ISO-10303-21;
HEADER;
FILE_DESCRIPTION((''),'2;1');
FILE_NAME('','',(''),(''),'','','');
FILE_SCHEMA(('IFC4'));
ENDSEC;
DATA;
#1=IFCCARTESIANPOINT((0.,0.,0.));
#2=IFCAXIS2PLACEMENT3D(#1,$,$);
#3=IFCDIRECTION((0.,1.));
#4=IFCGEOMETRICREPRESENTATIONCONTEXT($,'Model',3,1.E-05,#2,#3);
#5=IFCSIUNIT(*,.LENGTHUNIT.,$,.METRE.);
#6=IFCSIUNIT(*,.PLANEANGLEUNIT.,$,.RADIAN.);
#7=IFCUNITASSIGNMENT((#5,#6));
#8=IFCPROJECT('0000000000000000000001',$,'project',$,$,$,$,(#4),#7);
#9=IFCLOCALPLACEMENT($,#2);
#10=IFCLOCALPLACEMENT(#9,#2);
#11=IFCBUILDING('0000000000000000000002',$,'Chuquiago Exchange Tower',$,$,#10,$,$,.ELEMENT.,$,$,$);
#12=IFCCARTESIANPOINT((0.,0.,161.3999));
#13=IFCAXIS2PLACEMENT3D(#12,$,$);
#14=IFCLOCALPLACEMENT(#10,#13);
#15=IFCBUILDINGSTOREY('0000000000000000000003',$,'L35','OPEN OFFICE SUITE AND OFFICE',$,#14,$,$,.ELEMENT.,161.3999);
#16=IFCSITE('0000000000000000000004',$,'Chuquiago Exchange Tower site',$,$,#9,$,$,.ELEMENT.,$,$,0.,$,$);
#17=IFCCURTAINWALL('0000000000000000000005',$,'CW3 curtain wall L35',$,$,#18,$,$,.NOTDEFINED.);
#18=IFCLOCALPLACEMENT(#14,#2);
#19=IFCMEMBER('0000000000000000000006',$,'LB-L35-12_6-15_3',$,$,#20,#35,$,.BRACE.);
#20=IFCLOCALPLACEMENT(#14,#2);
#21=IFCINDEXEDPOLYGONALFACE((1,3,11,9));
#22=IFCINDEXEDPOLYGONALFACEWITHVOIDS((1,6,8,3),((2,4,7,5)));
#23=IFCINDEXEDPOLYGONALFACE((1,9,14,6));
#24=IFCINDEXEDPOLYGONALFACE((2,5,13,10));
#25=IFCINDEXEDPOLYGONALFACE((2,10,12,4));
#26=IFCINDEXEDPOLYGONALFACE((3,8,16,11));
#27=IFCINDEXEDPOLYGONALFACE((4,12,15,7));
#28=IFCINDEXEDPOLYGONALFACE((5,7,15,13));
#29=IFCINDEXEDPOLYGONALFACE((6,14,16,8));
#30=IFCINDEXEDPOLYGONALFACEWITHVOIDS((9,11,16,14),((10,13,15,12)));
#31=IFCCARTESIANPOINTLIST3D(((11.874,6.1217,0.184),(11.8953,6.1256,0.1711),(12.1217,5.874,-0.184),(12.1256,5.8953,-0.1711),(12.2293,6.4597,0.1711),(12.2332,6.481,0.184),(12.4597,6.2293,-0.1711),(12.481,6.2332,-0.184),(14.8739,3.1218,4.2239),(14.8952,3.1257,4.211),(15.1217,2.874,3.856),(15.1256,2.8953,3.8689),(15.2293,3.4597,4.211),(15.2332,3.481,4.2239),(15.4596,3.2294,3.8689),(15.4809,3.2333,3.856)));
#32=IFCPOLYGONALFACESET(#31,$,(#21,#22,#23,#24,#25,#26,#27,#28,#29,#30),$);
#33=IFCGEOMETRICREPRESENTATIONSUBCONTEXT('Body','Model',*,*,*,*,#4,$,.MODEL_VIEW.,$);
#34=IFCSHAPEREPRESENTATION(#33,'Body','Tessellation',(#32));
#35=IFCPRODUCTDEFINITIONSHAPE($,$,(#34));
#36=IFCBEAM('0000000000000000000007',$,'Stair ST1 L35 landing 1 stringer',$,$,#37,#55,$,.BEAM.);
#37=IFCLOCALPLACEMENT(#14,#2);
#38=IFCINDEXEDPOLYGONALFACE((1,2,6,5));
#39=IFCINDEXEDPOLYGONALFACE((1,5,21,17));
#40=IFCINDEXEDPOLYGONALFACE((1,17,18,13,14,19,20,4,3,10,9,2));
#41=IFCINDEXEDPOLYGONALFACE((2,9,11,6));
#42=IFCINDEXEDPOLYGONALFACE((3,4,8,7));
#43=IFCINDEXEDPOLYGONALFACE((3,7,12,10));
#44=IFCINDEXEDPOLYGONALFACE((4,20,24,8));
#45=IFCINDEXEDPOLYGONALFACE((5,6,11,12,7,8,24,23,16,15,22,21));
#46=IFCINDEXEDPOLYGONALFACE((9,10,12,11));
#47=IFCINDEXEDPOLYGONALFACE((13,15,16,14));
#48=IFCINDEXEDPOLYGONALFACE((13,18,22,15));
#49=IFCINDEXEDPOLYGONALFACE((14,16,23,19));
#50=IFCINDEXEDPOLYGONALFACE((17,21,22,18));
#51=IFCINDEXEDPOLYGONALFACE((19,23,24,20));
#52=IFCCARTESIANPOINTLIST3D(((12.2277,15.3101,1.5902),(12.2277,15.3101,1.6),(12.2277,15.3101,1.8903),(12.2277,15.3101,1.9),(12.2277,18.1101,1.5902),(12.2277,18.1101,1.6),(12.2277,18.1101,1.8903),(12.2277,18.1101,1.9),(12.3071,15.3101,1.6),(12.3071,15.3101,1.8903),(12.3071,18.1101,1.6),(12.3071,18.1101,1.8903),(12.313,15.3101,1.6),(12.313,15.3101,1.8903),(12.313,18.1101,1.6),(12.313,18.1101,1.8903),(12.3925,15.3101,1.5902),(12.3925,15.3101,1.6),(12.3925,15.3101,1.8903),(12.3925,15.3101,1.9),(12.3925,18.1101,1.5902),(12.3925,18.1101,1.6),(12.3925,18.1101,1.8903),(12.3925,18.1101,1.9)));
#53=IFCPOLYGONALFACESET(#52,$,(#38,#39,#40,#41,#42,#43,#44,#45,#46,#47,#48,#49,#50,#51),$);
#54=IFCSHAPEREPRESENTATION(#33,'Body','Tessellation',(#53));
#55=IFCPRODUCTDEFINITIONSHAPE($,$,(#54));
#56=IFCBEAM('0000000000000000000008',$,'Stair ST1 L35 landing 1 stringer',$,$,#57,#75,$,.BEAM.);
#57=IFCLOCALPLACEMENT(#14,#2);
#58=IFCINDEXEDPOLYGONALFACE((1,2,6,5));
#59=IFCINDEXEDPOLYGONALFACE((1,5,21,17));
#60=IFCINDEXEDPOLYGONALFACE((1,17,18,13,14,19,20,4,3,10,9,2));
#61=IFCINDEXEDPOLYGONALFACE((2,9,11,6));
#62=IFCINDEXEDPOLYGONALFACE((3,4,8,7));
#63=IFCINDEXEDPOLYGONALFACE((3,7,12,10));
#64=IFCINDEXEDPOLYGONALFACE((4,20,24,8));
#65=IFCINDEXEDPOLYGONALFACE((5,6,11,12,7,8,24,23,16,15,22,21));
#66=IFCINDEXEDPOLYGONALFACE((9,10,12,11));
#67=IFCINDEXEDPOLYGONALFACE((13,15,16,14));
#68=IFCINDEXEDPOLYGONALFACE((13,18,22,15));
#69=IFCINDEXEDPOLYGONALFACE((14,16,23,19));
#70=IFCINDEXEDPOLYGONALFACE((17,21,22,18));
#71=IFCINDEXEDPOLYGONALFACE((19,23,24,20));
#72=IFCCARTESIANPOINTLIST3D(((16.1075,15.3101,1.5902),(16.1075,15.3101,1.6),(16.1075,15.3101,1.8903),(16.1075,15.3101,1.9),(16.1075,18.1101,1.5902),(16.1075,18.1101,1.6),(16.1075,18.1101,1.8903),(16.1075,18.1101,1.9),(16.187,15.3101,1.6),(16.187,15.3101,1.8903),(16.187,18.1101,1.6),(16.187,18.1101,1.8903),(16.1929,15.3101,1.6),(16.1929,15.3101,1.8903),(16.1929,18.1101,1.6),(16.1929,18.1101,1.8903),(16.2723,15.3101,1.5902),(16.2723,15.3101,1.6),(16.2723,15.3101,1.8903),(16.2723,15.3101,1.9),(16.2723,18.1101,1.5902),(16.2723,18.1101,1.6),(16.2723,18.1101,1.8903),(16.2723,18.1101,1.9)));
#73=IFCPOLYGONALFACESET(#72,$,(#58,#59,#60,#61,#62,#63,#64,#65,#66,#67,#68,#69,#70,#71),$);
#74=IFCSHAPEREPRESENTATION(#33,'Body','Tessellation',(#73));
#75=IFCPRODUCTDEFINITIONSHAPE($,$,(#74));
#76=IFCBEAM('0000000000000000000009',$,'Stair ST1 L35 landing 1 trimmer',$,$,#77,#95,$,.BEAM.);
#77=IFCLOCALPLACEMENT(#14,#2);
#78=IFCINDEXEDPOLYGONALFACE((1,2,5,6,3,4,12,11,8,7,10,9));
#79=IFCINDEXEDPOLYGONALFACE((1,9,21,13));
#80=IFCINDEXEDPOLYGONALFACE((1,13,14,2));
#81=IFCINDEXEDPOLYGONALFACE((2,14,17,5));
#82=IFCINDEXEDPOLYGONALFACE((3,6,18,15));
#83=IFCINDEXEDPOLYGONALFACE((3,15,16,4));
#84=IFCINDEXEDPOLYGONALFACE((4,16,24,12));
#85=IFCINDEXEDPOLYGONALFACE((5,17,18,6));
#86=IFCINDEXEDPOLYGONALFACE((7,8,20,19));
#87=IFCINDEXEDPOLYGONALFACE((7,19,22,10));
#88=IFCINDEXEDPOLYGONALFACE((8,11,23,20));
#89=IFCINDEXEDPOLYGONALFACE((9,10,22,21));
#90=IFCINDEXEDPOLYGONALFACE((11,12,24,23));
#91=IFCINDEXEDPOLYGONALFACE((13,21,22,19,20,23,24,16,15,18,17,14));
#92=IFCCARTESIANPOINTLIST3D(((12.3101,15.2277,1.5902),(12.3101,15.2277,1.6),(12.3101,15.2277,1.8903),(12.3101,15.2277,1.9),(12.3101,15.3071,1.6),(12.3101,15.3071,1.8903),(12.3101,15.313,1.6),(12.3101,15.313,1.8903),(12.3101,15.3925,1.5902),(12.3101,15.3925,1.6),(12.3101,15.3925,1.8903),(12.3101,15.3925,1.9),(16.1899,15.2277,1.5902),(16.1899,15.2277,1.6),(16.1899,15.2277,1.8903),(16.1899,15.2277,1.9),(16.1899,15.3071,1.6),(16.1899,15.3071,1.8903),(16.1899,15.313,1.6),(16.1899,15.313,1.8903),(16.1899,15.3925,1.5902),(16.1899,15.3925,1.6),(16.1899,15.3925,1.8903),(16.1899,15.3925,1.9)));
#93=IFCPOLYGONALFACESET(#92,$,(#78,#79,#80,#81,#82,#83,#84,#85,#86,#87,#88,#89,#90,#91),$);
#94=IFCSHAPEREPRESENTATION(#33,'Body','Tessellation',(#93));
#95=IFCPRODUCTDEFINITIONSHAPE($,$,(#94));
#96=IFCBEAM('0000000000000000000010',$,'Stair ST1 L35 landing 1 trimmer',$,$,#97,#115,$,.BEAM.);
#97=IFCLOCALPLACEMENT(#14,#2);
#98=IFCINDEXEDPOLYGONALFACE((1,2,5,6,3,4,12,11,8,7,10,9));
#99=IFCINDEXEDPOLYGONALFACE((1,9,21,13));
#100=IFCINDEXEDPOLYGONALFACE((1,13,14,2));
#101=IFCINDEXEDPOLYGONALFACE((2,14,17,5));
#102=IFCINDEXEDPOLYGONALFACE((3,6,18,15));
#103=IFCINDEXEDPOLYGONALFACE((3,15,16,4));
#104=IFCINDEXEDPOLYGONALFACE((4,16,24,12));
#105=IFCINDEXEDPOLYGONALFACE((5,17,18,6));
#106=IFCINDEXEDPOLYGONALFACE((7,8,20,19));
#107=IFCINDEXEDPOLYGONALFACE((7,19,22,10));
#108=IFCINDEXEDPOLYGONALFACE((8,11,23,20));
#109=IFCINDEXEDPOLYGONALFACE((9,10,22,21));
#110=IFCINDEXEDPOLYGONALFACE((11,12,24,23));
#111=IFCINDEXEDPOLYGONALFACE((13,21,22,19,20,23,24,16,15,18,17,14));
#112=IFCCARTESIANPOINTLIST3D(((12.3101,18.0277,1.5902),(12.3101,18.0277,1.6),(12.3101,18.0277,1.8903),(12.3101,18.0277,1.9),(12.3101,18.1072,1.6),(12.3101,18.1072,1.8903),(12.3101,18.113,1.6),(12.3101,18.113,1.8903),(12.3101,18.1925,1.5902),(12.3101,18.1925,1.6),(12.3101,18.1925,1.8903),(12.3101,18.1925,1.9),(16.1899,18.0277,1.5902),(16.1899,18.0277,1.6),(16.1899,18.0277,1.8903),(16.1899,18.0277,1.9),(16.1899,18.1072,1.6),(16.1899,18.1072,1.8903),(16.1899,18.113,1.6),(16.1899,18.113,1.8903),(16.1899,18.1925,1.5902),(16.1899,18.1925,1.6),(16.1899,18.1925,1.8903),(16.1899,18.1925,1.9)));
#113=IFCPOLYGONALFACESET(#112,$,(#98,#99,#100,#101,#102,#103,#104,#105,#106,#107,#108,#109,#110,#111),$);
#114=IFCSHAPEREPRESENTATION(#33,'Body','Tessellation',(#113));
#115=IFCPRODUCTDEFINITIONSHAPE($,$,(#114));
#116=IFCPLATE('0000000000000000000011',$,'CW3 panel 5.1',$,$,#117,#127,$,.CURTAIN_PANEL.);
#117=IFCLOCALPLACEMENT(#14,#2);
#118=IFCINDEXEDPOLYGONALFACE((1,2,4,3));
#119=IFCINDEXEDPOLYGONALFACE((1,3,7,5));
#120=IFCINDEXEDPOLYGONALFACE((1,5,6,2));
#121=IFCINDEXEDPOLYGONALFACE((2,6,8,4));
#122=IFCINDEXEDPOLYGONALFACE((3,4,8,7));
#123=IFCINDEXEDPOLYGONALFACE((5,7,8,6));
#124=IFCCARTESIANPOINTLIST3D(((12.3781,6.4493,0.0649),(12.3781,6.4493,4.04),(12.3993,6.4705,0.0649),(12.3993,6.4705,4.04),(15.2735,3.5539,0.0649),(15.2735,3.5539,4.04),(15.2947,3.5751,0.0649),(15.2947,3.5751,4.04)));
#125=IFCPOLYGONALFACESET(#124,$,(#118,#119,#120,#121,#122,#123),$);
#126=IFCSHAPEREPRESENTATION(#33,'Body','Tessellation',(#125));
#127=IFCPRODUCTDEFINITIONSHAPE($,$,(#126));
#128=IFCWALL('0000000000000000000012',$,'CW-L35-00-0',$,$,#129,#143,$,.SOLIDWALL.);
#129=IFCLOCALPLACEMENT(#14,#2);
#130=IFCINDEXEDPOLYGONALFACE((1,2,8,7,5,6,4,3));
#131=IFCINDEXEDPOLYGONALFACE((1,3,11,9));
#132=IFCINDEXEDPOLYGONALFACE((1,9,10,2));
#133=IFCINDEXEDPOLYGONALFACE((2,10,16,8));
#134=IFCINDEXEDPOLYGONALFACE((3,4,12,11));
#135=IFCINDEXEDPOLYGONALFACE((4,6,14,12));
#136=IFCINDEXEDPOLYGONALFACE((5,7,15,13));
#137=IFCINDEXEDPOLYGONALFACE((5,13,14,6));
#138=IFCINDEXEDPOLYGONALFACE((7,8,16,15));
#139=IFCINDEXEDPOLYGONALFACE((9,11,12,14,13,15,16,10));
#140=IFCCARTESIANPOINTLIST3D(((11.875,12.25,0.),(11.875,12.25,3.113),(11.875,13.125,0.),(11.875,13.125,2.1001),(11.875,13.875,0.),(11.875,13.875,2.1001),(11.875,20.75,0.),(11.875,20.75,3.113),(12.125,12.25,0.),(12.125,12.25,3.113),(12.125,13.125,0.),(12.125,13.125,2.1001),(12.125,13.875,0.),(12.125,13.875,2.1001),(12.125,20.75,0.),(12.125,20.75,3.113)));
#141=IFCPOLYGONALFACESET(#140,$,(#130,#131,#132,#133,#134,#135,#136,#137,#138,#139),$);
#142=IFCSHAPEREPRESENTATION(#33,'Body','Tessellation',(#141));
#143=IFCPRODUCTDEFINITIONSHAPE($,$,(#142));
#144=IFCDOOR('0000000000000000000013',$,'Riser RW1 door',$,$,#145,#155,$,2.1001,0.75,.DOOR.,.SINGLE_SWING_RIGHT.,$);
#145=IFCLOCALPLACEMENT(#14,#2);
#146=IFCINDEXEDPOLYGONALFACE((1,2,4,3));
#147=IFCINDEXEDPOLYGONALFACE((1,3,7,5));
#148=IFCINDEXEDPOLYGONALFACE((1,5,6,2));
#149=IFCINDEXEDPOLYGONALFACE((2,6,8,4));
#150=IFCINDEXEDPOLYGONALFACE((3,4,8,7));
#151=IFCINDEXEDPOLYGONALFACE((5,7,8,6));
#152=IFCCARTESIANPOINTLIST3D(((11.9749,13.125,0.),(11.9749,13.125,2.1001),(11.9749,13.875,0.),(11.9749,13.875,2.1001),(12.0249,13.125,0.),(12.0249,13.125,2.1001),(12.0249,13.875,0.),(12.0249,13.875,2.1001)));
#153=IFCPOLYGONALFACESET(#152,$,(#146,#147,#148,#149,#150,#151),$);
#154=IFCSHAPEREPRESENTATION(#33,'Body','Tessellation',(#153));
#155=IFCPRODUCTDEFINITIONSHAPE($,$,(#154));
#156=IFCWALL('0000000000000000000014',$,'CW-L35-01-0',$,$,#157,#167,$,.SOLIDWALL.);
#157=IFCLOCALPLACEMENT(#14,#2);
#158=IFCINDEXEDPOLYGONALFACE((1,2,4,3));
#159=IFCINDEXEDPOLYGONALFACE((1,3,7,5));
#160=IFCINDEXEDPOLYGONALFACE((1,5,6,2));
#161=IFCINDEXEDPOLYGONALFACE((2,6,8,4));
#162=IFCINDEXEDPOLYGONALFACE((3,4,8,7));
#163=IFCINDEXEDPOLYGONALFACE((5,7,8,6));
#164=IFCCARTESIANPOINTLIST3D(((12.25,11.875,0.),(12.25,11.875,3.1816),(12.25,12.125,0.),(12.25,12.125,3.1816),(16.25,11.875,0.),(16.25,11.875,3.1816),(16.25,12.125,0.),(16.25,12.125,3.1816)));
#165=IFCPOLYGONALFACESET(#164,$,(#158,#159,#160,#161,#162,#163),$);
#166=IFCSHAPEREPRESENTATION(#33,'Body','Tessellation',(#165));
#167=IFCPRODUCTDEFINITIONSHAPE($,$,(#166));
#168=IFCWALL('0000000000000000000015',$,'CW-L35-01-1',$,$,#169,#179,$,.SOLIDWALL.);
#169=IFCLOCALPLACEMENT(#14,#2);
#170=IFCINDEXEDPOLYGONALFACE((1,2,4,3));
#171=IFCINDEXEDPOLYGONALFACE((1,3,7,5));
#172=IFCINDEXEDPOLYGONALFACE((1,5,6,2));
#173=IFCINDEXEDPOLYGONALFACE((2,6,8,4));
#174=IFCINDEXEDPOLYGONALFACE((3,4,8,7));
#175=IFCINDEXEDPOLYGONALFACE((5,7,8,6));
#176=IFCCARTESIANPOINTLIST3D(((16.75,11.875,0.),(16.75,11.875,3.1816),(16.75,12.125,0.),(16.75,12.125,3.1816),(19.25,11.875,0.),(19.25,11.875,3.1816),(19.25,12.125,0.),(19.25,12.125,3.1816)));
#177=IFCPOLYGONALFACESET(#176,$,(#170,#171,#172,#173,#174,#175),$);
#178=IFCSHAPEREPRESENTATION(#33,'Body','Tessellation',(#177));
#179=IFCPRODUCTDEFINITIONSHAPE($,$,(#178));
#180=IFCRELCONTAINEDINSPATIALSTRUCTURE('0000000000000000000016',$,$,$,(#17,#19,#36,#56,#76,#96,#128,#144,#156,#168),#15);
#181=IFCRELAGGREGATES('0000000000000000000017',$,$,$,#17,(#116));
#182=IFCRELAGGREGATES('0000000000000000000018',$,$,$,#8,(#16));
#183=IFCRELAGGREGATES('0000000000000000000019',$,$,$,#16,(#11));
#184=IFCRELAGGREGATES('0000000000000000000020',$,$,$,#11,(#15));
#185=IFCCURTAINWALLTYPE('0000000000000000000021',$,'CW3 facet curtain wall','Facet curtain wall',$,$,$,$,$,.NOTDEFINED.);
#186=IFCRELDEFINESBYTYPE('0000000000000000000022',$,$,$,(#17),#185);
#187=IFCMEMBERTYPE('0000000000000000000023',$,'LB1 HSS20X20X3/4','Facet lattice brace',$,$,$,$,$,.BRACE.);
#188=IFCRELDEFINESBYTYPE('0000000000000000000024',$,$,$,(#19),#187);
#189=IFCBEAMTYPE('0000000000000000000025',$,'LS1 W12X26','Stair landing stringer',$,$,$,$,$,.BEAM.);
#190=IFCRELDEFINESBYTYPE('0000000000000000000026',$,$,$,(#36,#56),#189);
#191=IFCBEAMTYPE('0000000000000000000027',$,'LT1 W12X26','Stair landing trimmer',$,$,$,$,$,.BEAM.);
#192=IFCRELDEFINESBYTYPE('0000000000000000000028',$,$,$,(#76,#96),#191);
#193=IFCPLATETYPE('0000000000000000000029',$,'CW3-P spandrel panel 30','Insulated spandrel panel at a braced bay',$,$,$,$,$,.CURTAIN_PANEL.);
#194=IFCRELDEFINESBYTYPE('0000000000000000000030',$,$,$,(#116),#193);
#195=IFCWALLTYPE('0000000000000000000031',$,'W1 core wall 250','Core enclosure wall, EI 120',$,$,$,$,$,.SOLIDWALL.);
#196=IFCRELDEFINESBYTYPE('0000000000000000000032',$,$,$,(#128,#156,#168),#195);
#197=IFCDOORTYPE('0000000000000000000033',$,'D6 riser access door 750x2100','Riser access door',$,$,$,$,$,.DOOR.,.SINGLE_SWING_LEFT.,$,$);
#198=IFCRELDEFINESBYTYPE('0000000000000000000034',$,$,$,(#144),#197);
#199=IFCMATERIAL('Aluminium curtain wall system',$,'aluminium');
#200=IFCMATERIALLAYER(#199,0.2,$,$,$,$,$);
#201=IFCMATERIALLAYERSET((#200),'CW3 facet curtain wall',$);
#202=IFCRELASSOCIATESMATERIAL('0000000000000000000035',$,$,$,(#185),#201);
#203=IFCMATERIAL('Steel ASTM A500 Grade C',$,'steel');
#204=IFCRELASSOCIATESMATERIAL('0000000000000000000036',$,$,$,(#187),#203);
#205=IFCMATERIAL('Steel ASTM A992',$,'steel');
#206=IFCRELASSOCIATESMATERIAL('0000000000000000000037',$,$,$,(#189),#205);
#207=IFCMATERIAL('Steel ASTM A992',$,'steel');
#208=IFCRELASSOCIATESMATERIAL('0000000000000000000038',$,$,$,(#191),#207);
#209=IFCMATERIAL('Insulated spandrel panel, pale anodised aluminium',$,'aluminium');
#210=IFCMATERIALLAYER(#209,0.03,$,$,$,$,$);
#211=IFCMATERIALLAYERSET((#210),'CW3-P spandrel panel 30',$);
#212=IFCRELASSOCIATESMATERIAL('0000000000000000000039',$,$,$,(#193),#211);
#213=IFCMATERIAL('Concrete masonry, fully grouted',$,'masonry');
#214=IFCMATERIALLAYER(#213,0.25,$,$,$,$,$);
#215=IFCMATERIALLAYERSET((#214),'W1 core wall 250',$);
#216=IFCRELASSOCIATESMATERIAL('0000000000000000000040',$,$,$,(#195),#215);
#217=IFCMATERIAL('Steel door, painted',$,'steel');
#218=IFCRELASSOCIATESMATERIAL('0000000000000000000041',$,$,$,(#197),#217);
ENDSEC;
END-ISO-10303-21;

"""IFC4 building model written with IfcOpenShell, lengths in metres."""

from ifc_helpers import new_model, si_unit, direction, frame, frame_2d, origin, origin_2d, place, context, subcontext, project, spatial, rectangle, hollow_rectangle, i_section, extrude, material, layer, layer_set, material_profile, profile_set, type_object, element, fill, aggregate, save


model = new_model("IFC4")

# Units and contexts
model_context = context("Model", 3, precision=1e-05, world=origin(), true_north=direction((0.0, 1.0)))
body_context = subcontext(model_context, "Body", "Model", "MODEL_VIEW")
ifc_project = project(units=[si_unit("LENGTHUNIT", "METRE"), si_unit("PLANEANGLEUNIT", "RADIAN")], contexts=[model_context])

# Site, building, storey
site_placement = place(None, origin())
site = spatial("IfcSite", under=ifc_project, at=site_placement, Name="Chuquiago Exchange Tower site", CompositionType="ELEMENT", RefElevation=0.0)
building_placement = place(site_placement, origin())
building = spatial("IfcBuilding", under=site, at=building_placement, Name="Chuquiago Exchange Tower", CompositionType="ELEMENT")
storey_placement = place(building_placement, frame((0.0, 0.0, 161.3999)))
storey = spatial("IfcBuildingStorey", under=building, at=storey_placement, Name="L35", Description="OPEN OFFICE SUITE AND OFFICE", CompositionType="ELEMENT", Elevation=161.3999)

# Curtain wall
ifc_material_1 = material(Name="Aluminium curtain wall system", Category="aluminium")
ifc_layer_1 = layer(ifc_material_1, 0.2)
ifc_layer_set_1 = layer_set([ifc_layer_1], Name="CW3 facet curtain wall")
curtain_wall_type = type_object("IfcCurtainWallType", Name="CW3 facet curtain wall", Description="Facet curtain wall", PredefinedType="NOTDEFINED", material=ifc_layer_set_1)
curtain_wall_placement = place(storey_placement, origin())
curtain_wall = element("IfcCurtainWall", 1, at=curtain_wall_placement, inside=storey, type_object=curtain_wall_type, Name="CW3 curtain wall L35", PredefinedType="NOTDEFINED")

# Member
ifc_material_2 = material(Name="Steel ASTM A500 Grade C", Category="steel")
ifc_material_profile_1 = material_profile(ifc_material_2, hollow_rectangle(XDim=0.5081, YDim=0.5081, WallThickness=0.0178, at=origin_2d()), Name="HSS20X20X3/4")
ifc_profile_set_1 = profile_set([ifc_material_profile_1], Name="Steel ASTM A500 Grade C")
member_type_1 = type_object("IfcMemberType", Name="LB1 HSS20X20X3/4", Description="Facet lattice brace", PredefinedType="BRACE", material=ifc_profile_set_1)
for number, where, z_axis, x_axis, name in (
    (2, (12.1775, 6.1775, 0.0), (0.512077, -0.512077, 0.689604), (0.707107, 0.707107, 0.0), "LB-L35-12_6-15_3"),
):
    element("IfcMember", number, at=place(storey_placement, frame(where, z_axis=z_axis, x_axis=x_axis)), inside=storey, type_object=member_type_1, Name=name, PredefinedType="BRACE", context=body_context, shape_type="SweptSolid", body=[
        extrude(hollow_rectangle(XDim=0.5081, YDim=0.5081, WallThickness=0.0178, at=origin_2d()), origin(), (0.0, 0.0, 1.0), 5.8584),
    ])

# Beams
ifc_material_3 = material(Name="Steel ASTM A992", Category="steel")
ifc_material_profile_2 = material_profile(ifc_material_3, i_section(OverallWidth=0.1648, OverallDepth=0.3098, WebThickness=0.0059, FlangeThickness=0.0098, at=origin_2d()), Name="W12X26")
ifc_profile_set_2 = profile_set([ifc_material_profile_2], Name="Steel ASTM A992")
beam_type_1 = type_object("IfcBeamType", Name="LS1 W12X26", Description="Stair landing stringer", PredefinedType="BEAM", material=ifc_profile_set_2)
for number, where, z_axis, x_axis, name in (
    (3, (12.3101, 15.3101, 1.7451), (0.0, 1.0, 0.0), (-1.0, 0.0, 0.0), "Stair ST1 L35 landing 1 stringer"),
    (4, (16.1899, 15.3101, 1.7451), (0.0, 1.0, 0.0), (-1.0, 0.0, 0.0), "Stair ST1 L35 landing 1 stringer"),
):
    element("IfcBeam", number, at=place(storey_placement, frame(where, z_axis=z_axis, x_axis=x_axis)), inside=storey, type_object=beam_type_1, Name=name, PredefinedType="BEAM", context=body_context, shape_type="SweptSolid", body=[
        extrude(i_section(OverallWidth=0.1648, OverallDepth=0.3098, WebThickness=0.0059, FlangeThickness=0.0098, at=origin_2d()), origin(), (0.0, 0.0, 1.0), 2.8),
    ])
ifc_material_4 = material(Name="Steel ASTM A992", Category="steel")
ifc_material_profile_3 = material_profile(ifc_material_4, i_section(OverallWidth=0.1648, OverallDepth=0.3098, WebThickness=0.0059, FlangeThickness=0.0098, at=origin_2d()), Name="W12X26")
ifc_profile_set_3 = profile_set([ifc_material_profile_3], Name="Steel ASTM A992")
beam_type_2 = type_object("IfcBeamType", Name="LT1 W12X26", Description="Stair landing trimmer", PredefinedType="BEAM", material=ifc_profile_set_3)
for number, where, z_axis, x_axis, name in (
    (5, (12.3101, 15.3101, 1.7451), (1.0, 0.0, 0.0), (0.0, 1.0, 0.0), "Stair ST1 L35 landing 1 trimmer"),
    (6, (12.3101, 18.1101, 1.7451), (1.0, 0.0, 0.0), (0.0, 1.0, 0.0), "Stair ST1 L35 landing 1 trimmer"),
):
    element("IfcBeam", number, at=place(storey_placement, frame(where, z_axis=z_axis, x_axis=x_axis)), inside=storey, type_object=beam_type_2, Name=name, PredefinedType="BEAM", context=body_context, shape_type="SweptSolid", body=[
        extrude(i_section(OverallWidth=0.1648, OverallDepth=0.3098, WebThickness=0.0059, FlangeThickness=0.0098, at=origin_2d()), origin(), (0.0, 0.0, 1.0), 3.8799),
    ])

# Plate
ifc_material_5 = material(Name="Insulated spandrel panel, pale anodised aluminium", Category="aluminium")
ifc_layer_2 = layer(ifc_material_5, 0.03)
ifc_layer_set_2 = layer_set([ifc_layer_2], Name="CW3-P spandrel panel 30")
plate_type = type_object("IfcPlateType", Name="CW3-P spandrel panel 30", Description="Insulated spandrel panel at a braced bay", PredefinedType="CURTAIN_PANEL", material=ifc_layer_set_2)
plate_placement = place(storey_placement, frame((13.8364, 5.0122, 0.0649), z_axis=(0.0, 0.0, 1.0), x_axis=(0.707107, -0.707107, 0.0)))
plate = element("IfcPlate", 7, at=plate_placement, type_object=plate_type, Name="CW3 panel 5.1", PredefinedType="CURTAIN_PANEL", context=body_context, shape_type="SweptSolid", body=[
    extrude(rectangle(XDim=4.0947, YDim=0.03, at=origin_2d()), origin(), (0.0, 0.0, 1.0), 3.9751),
])
aggregate(curtain_wall, [plate])

# Wall, opening, door
ifc_material_6 = material(Name="Concrete masonry, fully grouted", Category="masonry")
ifc_layer_3 = layer(ifc_material_6, 0.25)
ifc_layer_set_3 = layer_set([ifc_layer_3], Name="W1 core wall 250")
wall_type_1 = type_object("IfcWallType", Name="W1 core wall 250", Description="Core enclosure wall, EI 120", PredefinedType="SOLIDWALL", material=ifc_layer_set_3)
wall_1_placement = place(storey_placement, frame((12.0, 12.25, 0.0), z_axis=(0.0, 0.0, 1.0), x_axis=(0.0, 1.0, 0.0)))
wall_1 = element("IfcWall", 8, at=wall_1_placement, inside=storey, type_object=wall_type_1, Name="CW-L35-00-0", PredefinedType="SOLIDWALL", context=body_context, shape_type="SweptSolid", body=[
    extrude(rectangle(XDim=8.5, YDim=0.25, at=frame_2d((4.25, 0.0))), origin(), (0.0, 0.0, 1.0), 3.113),
])
opening_placement = place(wall_1_placement, frame((0.875, 0.0, 0.0)))
opening = element("IfcOpeningElement", 9, at=opening_placement, cuts=wall_1, PredefinedType="OPENING", context=body_context, shape_type="SweptSolid", body=[
    extrude(rectangle(XDim=0.75, YDim=2.1001, at=frame_2d((0.375, 1.05))), frame((0.0, 0.135, 0.0), z_axis=(0.0, -1.0, 0.0), x_axis=(1.0, 0.0, 0.0)), (0.0, 0.0, 1.0), 0.27),
])
ifc_material_7 = material(Name="Steel door, painted", Category="steel")
door_type = type_object("IfcDoorType", Name="D6 riser access door 750x2100", Description="Riser access door", OperationType="SINGLE_SWING_LEFT", PredefinedType="DOOR", material=ifc_material_7)
door_placement = place(opening_placement, frame((0.75, 0.0, 0.0), z_axis=(0.0, 0.0, 1.0), x_axis=(-1.0, 0.0, 0.0)))
door = element("IfcDoor", 10, at=door_placement, inside=storey, type_object=door_type, Name="Riser RW1 door", OperationType="SINGLE_SWING_RIGHT", OverallHeight=2.1001, OverallWidth=0.75, PredefinedType="DOOR", context=body_context, shape_type="SweptSolid", body=[
    extrude(rectangle(XDim=0.75, YDim=2.1001, at=frame_2d((0.375, 1.05))), frame((0.0, 0.0249, 0.0), z_axis=(0.0, -1.0, 0.0), x_axis=(1.0, 0.0, 0.0)), (0.0, 0.0, 1.0), 0.05),
])
fill(opening, door)

# Walls
wall_2_placement = place(storey_placement, frame((12.25, 12.0, 0.0), z_axis=(0.0, 0.0, 1.0), x_axis=(1.0, 0.0, 0.0)))
element("IfcWall", 11, at=wall_2_placement, inside=storey, type_object=wall_type_1, Name="CW-L35-01-0", PredefinedType="SOLIDWALL", context=body_context, shape_type="SweptSolid", body=[
    extrude(rectangle(XDim=4.0, YDim=0.25, at=frame_2d((2.0, 0.0))), origin(), (0.0, 0.0, 1.0), 3.1816),
])
wall_3_placement = place(storey_placement, frame((16.75, 12.0, 0.0), z_axis=(0.0, 0.0, 1.0), x_axis=(1.0, 0.0, 0.0)))
element("IfcWall", 12, at=wall_3_placement, inside=storey, type_object=wall_type_1, Name="CW-L35-01-1", PredefinedType="SOLIDWALL", context=body_context, shape_type="SweptSolid", body=[
    extrude(rectangle(XDim=2.5, YDim=0.25, at=frame_2d((1.25, 0.0))), origin(), (0.0, 0.0, 1.0), 3.1816),
])

save(model, "model.ifc")
